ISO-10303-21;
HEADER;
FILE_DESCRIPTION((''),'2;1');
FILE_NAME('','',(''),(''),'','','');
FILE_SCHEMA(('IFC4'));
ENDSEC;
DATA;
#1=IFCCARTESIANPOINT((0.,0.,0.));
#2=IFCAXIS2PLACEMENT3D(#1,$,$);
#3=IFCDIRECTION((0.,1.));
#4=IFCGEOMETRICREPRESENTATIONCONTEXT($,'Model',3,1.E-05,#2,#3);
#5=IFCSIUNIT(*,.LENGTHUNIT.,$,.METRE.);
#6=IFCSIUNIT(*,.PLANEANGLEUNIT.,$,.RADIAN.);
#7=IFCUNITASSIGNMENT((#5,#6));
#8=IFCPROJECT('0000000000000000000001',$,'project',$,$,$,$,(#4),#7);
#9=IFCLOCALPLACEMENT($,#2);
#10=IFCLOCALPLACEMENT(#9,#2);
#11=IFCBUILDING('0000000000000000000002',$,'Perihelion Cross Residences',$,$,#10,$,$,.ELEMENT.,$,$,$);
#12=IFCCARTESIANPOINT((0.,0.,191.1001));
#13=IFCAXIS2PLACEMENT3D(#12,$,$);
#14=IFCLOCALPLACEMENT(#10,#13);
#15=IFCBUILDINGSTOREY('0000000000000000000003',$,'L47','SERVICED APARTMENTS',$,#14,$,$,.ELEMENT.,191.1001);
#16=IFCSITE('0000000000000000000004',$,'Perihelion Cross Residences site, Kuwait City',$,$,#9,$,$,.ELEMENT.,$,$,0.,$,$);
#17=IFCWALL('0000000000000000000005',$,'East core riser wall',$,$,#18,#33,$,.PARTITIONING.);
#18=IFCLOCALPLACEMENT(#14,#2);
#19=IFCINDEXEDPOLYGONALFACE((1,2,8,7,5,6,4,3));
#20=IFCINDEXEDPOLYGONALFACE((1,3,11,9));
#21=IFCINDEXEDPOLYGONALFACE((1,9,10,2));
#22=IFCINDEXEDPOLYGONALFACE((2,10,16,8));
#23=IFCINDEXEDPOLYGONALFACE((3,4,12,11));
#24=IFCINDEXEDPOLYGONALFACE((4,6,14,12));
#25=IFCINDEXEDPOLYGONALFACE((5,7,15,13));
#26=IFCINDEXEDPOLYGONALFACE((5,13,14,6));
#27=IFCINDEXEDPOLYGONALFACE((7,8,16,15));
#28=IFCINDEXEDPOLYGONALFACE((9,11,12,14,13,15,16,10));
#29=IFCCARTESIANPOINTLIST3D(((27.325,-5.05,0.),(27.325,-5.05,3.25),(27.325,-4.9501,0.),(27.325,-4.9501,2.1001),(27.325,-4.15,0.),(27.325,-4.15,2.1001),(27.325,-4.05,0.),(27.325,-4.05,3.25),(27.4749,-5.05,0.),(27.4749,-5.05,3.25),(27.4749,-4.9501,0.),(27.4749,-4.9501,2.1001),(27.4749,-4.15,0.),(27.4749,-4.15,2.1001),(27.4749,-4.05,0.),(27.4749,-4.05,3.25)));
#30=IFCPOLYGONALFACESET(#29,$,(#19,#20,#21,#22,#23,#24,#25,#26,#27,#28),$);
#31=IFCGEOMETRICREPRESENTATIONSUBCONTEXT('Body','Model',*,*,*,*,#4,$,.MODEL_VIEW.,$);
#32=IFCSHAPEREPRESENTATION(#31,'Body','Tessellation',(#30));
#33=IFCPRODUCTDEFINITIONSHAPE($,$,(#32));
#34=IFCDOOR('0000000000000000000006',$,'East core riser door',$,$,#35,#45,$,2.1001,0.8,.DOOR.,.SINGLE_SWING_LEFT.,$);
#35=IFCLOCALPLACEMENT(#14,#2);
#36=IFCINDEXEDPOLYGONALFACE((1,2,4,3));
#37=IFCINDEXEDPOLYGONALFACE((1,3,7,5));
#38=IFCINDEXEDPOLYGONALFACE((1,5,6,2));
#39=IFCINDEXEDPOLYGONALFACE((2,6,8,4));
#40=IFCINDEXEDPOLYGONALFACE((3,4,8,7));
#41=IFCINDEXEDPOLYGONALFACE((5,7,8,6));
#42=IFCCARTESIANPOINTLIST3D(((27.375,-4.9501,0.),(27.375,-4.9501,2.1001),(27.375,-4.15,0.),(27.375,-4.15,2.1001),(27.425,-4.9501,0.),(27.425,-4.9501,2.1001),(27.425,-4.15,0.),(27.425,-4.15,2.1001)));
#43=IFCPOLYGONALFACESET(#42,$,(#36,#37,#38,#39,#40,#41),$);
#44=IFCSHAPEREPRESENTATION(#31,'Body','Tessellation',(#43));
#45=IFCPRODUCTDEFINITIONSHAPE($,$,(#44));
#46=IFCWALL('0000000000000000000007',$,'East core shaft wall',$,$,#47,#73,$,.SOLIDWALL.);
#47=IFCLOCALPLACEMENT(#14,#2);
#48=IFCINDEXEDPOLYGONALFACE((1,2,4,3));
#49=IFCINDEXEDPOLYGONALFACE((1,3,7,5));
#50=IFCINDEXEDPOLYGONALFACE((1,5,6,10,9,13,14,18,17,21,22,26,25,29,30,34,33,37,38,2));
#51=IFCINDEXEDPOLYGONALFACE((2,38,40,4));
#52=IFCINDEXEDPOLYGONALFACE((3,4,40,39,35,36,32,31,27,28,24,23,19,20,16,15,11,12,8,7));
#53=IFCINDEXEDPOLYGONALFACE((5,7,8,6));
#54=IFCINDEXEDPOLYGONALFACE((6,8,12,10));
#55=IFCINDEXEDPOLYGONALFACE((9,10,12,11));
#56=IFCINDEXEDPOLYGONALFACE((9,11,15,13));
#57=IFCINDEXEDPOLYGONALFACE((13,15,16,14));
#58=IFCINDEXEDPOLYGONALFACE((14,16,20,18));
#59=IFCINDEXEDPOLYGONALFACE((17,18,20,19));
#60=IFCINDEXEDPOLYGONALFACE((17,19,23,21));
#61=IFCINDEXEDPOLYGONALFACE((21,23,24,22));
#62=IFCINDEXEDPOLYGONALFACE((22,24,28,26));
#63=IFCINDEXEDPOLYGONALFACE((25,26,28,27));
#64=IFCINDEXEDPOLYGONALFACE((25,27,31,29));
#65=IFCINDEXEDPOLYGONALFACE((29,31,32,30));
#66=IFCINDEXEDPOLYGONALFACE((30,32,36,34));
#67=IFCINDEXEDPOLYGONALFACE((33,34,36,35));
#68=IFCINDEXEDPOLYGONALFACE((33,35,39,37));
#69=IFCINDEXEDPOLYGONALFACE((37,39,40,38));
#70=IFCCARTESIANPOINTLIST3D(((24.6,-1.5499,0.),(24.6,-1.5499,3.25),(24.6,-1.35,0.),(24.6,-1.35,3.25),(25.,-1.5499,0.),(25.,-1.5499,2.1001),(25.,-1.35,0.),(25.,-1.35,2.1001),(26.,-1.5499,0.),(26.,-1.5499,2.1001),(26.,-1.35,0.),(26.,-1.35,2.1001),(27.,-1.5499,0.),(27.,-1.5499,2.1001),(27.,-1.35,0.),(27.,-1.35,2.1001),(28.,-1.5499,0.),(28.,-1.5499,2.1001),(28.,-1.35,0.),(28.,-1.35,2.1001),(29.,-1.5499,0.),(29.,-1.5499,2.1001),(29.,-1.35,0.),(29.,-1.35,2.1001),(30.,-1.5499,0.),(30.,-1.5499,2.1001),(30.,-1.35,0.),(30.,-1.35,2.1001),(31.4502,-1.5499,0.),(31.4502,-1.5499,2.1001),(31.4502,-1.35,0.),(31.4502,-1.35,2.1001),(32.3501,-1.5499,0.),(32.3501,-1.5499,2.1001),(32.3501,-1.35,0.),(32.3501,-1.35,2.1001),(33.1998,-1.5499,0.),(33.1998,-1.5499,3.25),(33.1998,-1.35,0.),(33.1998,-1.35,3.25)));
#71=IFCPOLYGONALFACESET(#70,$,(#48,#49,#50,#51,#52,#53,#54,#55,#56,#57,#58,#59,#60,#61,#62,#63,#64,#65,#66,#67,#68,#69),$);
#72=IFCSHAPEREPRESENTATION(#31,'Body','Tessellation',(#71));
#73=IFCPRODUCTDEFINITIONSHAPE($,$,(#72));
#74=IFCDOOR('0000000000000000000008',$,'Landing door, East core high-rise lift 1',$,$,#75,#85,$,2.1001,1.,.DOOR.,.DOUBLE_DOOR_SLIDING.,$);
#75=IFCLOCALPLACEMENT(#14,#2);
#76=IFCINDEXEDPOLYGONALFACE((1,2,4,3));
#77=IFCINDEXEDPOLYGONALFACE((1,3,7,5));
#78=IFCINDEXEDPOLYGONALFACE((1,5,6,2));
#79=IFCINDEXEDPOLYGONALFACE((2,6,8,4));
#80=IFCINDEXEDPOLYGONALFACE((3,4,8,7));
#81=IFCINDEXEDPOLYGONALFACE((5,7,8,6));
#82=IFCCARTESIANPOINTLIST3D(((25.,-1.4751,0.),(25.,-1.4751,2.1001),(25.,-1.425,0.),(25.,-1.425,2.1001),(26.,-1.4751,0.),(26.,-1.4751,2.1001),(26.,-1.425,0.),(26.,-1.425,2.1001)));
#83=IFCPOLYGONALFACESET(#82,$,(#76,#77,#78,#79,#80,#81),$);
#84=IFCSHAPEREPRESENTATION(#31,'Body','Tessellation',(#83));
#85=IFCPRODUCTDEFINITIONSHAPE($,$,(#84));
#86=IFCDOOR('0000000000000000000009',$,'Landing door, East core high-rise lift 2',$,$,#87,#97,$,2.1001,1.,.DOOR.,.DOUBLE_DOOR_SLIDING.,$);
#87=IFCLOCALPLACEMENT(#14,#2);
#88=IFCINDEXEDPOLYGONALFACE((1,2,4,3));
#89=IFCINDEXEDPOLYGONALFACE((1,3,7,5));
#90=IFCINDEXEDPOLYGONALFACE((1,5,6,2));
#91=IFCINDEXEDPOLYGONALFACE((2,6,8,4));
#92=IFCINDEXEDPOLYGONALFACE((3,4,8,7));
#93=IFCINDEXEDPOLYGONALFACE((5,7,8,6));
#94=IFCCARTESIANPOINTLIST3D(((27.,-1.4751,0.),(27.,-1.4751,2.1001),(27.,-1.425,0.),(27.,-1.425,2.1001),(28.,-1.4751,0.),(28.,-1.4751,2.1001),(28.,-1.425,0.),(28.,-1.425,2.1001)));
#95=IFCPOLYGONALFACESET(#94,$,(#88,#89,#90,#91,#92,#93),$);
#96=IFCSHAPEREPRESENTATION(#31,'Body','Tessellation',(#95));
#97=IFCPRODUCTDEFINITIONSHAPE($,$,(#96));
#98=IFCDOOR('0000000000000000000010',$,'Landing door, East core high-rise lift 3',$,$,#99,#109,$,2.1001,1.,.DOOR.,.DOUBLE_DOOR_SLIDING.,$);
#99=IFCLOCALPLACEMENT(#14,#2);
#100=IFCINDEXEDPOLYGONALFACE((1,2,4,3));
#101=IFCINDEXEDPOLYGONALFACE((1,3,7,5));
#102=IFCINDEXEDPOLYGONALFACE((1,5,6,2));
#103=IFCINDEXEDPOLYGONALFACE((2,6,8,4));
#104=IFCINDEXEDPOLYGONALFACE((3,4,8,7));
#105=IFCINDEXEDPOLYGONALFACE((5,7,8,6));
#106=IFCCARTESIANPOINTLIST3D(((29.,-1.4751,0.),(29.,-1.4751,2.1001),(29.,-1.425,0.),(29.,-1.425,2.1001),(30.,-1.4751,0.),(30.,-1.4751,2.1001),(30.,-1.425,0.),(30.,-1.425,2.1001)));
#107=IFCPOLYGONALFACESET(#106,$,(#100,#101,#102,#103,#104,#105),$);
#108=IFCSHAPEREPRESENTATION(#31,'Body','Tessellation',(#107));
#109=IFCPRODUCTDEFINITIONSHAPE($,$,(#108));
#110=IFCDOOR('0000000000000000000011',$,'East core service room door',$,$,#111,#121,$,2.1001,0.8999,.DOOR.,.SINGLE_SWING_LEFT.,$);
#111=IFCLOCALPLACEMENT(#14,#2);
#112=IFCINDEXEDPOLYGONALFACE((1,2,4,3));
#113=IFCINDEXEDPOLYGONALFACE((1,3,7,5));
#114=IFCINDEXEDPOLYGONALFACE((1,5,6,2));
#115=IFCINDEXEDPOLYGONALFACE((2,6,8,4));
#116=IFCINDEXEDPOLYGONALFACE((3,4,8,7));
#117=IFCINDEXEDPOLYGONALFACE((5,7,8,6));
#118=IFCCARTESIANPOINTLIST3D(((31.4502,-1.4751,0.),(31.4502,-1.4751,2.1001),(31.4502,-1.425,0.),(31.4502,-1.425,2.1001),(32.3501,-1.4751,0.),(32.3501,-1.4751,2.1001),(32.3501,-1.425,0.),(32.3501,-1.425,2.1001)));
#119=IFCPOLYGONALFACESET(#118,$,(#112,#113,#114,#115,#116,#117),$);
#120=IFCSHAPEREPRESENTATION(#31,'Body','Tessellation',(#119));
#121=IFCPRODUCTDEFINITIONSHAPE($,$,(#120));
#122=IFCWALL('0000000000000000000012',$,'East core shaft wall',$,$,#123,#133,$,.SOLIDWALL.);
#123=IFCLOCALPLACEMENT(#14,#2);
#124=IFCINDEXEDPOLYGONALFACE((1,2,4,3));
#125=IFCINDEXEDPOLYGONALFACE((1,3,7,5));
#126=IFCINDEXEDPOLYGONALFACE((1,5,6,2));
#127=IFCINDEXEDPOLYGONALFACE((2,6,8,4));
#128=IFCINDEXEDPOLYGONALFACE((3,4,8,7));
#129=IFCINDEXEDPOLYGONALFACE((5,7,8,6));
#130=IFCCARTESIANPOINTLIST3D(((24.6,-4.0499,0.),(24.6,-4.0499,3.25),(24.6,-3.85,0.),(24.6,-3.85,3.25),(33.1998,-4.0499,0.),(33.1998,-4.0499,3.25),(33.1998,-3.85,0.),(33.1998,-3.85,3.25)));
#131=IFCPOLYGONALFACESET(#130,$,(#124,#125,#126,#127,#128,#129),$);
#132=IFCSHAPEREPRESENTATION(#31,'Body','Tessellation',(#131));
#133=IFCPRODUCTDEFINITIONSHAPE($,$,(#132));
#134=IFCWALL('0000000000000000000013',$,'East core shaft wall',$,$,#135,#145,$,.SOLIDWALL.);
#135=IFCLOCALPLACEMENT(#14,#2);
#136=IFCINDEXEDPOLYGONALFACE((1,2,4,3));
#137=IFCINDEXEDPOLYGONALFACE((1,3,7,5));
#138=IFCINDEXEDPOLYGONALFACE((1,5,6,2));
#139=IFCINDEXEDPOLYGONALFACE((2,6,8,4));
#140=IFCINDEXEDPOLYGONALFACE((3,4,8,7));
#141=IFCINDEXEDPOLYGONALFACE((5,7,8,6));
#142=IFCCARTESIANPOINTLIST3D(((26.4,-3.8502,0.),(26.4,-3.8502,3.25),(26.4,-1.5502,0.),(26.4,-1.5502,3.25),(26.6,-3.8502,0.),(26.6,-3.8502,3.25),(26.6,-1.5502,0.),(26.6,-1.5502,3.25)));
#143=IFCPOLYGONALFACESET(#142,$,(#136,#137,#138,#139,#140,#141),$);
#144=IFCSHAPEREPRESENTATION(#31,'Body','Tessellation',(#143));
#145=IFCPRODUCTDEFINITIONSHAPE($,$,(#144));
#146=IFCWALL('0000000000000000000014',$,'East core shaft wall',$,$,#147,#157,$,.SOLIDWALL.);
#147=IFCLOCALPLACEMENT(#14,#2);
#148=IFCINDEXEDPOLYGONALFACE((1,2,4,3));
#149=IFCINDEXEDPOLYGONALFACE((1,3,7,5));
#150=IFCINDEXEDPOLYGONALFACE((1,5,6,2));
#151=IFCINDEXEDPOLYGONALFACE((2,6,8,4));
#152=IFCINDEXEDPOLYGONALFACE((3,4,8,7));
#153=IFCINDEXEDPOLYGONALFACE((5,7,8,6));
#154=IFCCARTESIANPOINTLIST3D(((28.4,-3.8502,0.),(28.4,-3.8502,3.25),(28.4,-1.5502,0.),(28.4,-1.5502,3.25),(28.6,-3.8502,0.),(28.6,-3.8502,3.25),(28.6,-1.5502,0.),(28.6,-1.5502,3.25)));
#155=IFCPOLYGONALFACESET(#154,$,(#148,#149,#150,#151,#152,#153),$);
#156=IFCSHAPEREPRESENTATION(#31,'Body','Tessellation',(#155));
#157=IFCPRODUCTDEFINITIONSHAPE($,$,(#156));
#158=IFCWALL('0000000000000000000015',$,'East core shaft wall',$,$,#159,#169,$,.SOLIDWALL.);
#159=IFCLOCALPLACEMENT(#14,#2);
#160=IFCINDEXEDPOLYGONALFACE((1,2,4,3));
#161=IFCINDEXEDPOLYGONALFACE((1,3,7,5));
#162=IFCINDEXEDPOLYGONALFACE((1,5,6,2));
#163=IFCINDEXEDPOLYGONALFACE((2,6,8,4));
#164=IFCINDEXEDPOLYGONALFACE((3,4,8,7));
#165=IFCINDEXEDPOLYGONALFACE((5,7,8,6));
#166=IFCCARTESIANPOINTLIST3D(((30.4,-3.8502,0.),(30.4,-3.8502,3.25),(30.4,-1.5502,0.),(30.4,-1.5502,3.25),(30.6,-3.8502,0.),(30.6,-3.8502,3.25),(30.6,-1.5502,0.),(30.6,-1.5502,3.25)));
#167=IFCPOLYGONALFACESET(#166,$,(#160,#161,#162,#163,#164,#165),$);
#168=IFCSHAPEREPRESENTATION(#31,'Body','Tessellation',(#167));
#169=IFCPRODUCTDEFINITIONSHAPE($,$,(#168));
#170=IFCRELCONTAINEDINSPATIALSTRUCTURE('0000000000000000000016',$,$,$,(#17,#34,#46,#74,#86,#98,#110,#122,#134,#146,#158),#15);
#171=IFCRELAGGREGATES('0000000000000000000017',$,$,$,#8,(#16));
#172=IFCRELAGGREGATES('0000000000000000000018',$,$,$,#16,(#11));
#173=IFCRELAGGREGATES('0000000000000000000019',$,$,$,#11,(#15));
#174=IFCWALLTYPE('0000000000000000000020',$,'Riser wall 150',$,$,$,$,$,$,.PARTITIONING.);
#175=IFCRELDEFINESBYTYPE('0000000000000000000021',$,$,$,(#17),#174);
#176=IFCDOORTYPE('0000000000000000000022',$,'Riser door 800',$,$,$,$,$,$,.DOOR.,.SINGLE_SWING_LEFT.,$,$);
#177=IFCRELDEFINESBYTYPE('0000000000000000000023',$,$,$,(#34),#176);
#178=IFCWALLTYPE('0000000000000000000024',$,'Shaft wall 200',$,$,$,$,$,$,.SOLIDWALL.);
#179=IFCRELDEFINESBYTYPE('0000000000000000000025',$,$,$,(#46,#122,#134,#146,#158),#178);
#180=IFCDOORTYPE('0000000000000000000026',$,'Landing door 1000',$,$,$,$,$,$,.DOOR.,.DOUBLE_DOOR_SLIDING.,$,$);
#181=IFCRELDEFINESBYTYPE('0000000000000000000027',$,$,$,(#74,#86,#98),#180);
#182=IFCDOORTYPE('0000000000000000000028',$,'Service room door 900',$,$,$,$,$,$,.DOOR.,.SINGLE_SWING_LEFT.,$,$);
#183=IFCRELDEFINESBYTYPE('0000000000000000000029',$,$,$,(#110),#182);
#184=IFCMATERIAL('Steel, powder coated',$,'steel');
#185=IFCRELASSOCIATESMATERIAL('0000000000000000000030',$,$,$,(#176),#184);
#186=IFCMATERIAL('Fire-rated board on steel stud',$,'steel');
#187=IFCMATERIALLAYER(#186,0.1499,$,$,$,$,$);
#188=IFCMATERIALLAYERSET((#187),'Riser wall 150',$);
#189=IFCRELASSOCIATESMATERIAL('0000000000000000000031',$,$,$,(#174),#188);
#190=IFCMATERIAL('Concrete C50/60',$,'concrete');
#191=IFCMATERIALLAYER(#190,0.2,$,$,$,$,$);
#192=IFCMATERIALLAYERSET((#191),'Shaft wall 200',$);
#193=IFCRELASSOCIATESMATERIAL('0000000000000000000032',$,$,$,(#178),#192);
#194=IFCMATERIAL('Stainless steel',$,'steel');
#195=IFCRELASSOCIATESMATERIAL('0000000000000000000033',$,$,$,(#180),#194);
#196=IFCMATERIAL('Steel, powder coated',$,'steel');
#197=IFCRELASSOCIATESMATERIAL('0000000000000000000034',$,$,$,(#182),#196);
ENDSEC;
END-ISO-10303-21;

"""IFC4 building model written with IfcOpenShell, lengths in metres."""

from ifc_helpers import new_model, si_unit, direction, frame, frame_2d, origin, place, context, subcontext, project, spatial, rectangle, extrude, material, layer, layer_set, type_object, element, fill, save


model = new_model("IFC4")

# Units and contexts
model_context = context("Model", 3, precision=1e-05, world=origin(), true_north=direction((0.0, 1.0)))
body_context = subcontext(model_context, "Body", "Model", "MODEL_VIEW")
ifc_project = project(units=[si_unit("LENGTHUNIT", "METRE"), si_unit("PLANEANGLEUNIT", "RADIAN")], contexts=[model_context])

# Site, building, storey
site_placement = place(None, origin())
site = spatial("IfcSite", under=ifc_project, at=site_placement, Name="Perihelion Cross Residences site, Kuwait City", CompositionType="ELEMENT", RefElevation=0.0)
building_placement = place(site_placement, origin())
building = spatial("IfcBuilding", under=site, at=building_placement, Name="Perihelion Cross Residences", CompositionType="ELEMENT")
storey_placement = place(building_placement, frame((0.0, 0.0, 191.1001)))
storey = spatial("IfcBuildingStorey", under=building, at=storey_placement, Name="L47", Description="SERVICED APARTMENTS", CompositionType="ELEMENT", Elevation=191.1001)

# Shared definitions
ifc_material_1 = material(Name="Steel, powder coated", Category="steel")
door_type_1 = type_object("IfcDoorType", Name="Riser door 800", OperationType="SINGLE_SWING_LEFT", PredefinedType="DOOR", material=ifc_material_1)

# Wall, opening, door
ifc_material_2 = material(Name="Fire-rated board on steel stud", Category="steel")
ifc_layer_1 = layer(ifc_material_2, 0.1499)
ifc_layer_set_1 = layer_set([ifc_layer_1], Name="Riser wall 150")
wall_type_1 = type_object("IfcWallType", Name="Riser wall 150", PredefinedType="PARTITIONING", material=ifc_layer_set_1)
wall_1_placement = place(storey_placement, frame((27.3999, -5.05, 0.0), z_axis=(0.0, 0.0, 1.0), x_axis=(0.0, 1.0, 0.0)))
wall_1 = element("IfcWall", 1, at=wall_1_placement, inside=storey, type_object=wall_type_1, Name="East core riser wall", PredefinedType="PARTITIONING", context=body_context, shape_type="SweptSolid", body=[
    extrude(rectangle(XDim=1.0, YDim=0.1499, at=frame_2d((0.5, 0.0))), origin(), (0.0, 0.0, 1.0), 3.25),
])
opening_1_placement = place(wall_1_placement, frame((0.1001, 0.0, 0.0)))
opening_1 = element("IfcOpeningElement", 2, at=opening_1_placement, cuts=wall_1, PredefinedType="OPENING", context=body_context, shape_type="SweptSolid", body=[
    extrude(rectangle(XDim=0.8, YDim=2.1001, at=frame_2d((0.3999, 1.05))), frame((0.0, 0.085, 0.0), z_axis=(0.0, -1.0, 0.0), x_axis=(1.0, 0.0, 0.0)), (0.0, 0.0, 1.0), 0.1699),
])
door_1_placement = place(opening_1_placement, origin())
door_1 = element("IfcDoor", 3, at=door_1_placement, inside=storey, type_object=door_type_1, Name="East core riser door", OperationType="SINGLE_SWING_LEFT", OverallHeight=2.1001, OverallWidth=0.8, PredefinedType="DOOR", context=body_context, shape_type="SweptSolid", body=[
    extrude(rectangle(XDim=0.8, YDim=2.1001, at=frame_2d((0.3999, 1.05))), frame((0.0, 0.0249, 0.0), z_axis=(0.0, -1.0, 0.0), x_axis=(1.0, 0.0, 0.0)), (0.0, 0.0, 1.0), 0.05),
])
fill(opening_1, door_1)

# Wall, openings, doors
ifc_material_3 = material(Name="Concrete C50/60", Category="concrete")
ifc_layer_2 = layer(ifc_material_3, 0.2)
ifc_layer_set_2 = layer_set([ifc_layer_2], Name="Shaft wall 200")
wall_type_2 = type_object("IfcWallType", Name="Shaft wall 200", PredefinedType="SOLIDWALL", material=ifc_layer_set_2)
wall_2_placement = place(storey_placement, frame((24.6001, -1.45, 0.0), z_axis=(0.0, 0.0, 1.0), x_axis=(1.0, 0.0, 0.0)))
wall_2 = element("IfcWall", 4, at=wall_2_placement, inside=storey, type_object=wall_type_2, Name="East core shaft wall", PredefinedType="SOLIDWALL", context=body_context, shape_type="SweptSolid", body=[
    extrude(rectangle(XDim=8.5999, YDim=0.2, at=frame_2d((4.2998, 0.0))), origin(), (0.0, 0.0, 1.0), 3.25),
])
opening_2_placement = place(wall_2_placement, frame((0.3999, 0.0, 0.0)))
opening_2 = element("IfcOpeningElement", 5, at=opening_2_placement, cuts=wall_2, PredefinedType="OPENING", context=body_context, shape_type="SweptSolid", body=[
    extrude(rectangle(XDim=1.0, YDim=2.1001, at=frame_2d((0.5, 1.05))), frame((0.0, 0.1099, 0.0), z_axis=(0.0, -1.0, 0.0), x_axis=(1.0, 0.0, 0.0)), (0.0, 0.0, 1.0), 0.22),
])
opening_3_placement = place(wall_2_placement, frame((2.3999, 0.0, 0.0)))
opening_3 = element("IfcOpeningElement", 6, at=opening_3_placement, cuts=wall_2, PredefinedType="OPENING", context=body_context, shape_type="SweptSolid", body=[
    extrude(rectangle(XDim=1.0, YDim=2.1001, at=frame_2d((0.5, 1.05))), frame((0.0, 0.1099, 0.0), z_axis=(0.0, -1.0, 0.0), x_axis=(1.0, 0.0, 0.0)), (0.0, 0.0, 1.0), 0.22),
])
opening_4_placement = place(wall_2_placement, frame((4.3999, 0.0, 0.0)))
opening_4 = element("IfcOpeningElement", 7, at=opening_4_placement, cuts=wall_2, PredefinedType="OPENING", context=body_context, shape_type="SweptSolid", body=[
    extrude(rectangle(XDim=1.0, YDim=2.1001, at=frame_2d((0.5, 1.05))), frame((0.0, 0.1099, 0.0), z_axis=(0.0, -1.0, 0.0), x_axis=(1.0, 0.0, 0.0)), (0.0, 0.0, 1.0), 0.22),
])
opening_5_placement = place(wall_2_placement, frame((6.8501, 0.0, 0.0)))
opening_5 = element("IfcOpeningElement", 8, at=opening_5_placement, cuts=wall_2, PredefinedType="OPENING", context=body_context, shape_type="SweptSolid", body=[
    extrude(rectangle(XDim=0.8999, YDim=2.1001, at=frame_2d((0.45, 1.05))), frame((0.0, 0.1099, 0.0), z_axis=(0.0, -1.0, 0.0), x_axis=(1.0, 0.0, 0.0)), (0.0, 0.0, 1.0), 0.22),
])
ifc_material_4 = material(Name="Stainless steel", Category="steel")
door_type_2 = type_object("IfcDoorType", Name="Landing door 1000", OperationType="DOUBLE_DOOR_SLIDING", PredefinedType="DOOR", material=ifc_material_4)
door_2_placement = place(opening_2_placement, origin())
door_2 = element("IfcDoor", 9, at=door_2_placement, inside=storey, type_object=door_type_2, Name="Landing door, East core high-rise lift 1", OperationType="DOUBLE_DOOR_SLIDING", OverallHeight=2.1001, OverallWidth=1.0, PredefinedType="DOOR", context=body_context, shape_type="SweptSolid", body=[
    extrude(rectangle(XDim=1.0, YDim=2.1001, at=frame_2d((0.5, 1.05))), frame((0.0, 0.0249, 0.0), z_axis=(0.0, -1.0, 0.0), x_axis=(1.0, 0.0, 0.0)), (0.0, 0.0, 1.0), 0.05),
])
fill(opening_2, door_2)
door_3_placement = place(opening_3_placement, origin())
door_3 = element("IfcDoor", 10, at=door_3_placement, inside=storey, type_object=door_type_2, Name="Landing door, East core high-rise lift 2", OperationType="DOUBLE_DOOR_SLIDING", OverallHeight=2.1001, OverallWidth=1.0, PredefinedType="DOOR", context=body_context, shape_type="SweptSolid", body=[
    extrude(rectangle(XDim=1.0, YDim=2.1001, at=frame_2d((0.5, 1.05))), frame((0.0, 0.0249, 0.0), z_axis=(0.0, -1.0, 0.0), x_axis=(1.0, 0.0, 0.0)), (0.0, 0.0, 1.0), 0.05),
])
fill(opening_3, door_3)
door_4_placement = place(opening_4_placement, origin())
door_4 = element("IfcDoor", 11, at=door_4_placement, inside=storey, type_object=door_type_2, Name="Landing door, East core high-rise lift 3", OperationType="DOUBLE_DOOR_SLIDING", OverallHeight=2.1001, OverallWidth=1.0, PredefinedType="DOOR", context=body_context, shape_type="SweptSolid", body=[
    extrude(rectangle(XDim=1.0, YDim=2.1001, at=frame_2d((0.5, 1.05))), frame((0.0, 0.0249, 0.0), z_axis=(0.0, -1.0, 0.0), x_axis=(1.0, 0.0, 0.0)), (0.0, 0.0, 1.0), 0.05),
])
fill(opening_4, door_4)
ifc_material_5 = material(Name="Steel, powder coated", Category="steel")
door_type_3 = type_object("IfcDoorType", Name="Service room door 900", OperationType="SINGLE_SWING_LEFT", PredefinedType="DOOR", material=ifc_material_5)
door_5_placement = place(opening_5_placement, origin())
door_5 = element("IfcDoor", 12, at=door_5_placement, inside=storey, type_object=door_type_3, Name="East core service room door", OperationType="SINGLE_SWING_LEFT", OverallHeight=2.1001, OverallWidth=0.8999, PredefinedType="DOOR", context=body_context, shape_type="SweptSolid", body=[
    extrude(rectangle(XDim=0.8999, YDim=2.1001, at=frame_2d((0.45, 1.05))), frame((0.0, 0.0249, 0.0), z_axis=(0.0, -1.0, 0.0), x_axis=(1.0, 0.0, 0.0)), (0.0, 0.0, 1.0), 0.05),
])
fill(opening_5, door_5)

# Walls
wall_3_placement = place(storey_placement, frame((24.6001, -3.95, 0.0), z_axis=(0.0, 0.0, 1.0), x_axis=(1.0, 0.0, 0.0)))
element("IfcWall", 13, at=wall_3_placement, inside=storey, type_object=wall_type_2, Name="East core shaft wall", PredefinedType="SOLIDWALL", context=body_context, shape_type="SweptSolid", body=[
    extrude(rectangle(XDim=8.5999, YDim=0.2, at=frame_2d((4.2998, 0.0))), origin(), (0.0, 0.0, 1.0), 3.25),
])
for number, where, z_axis, x_axis, name in (
    (14, (26.5, -3.8501, 0.0), (0.0, 0.0, 1.0), (0.0, 1.0, 0.0), "East core shaft wall"),
    (15, (28.5, -3.8501, 0.0), (0.0, 0.0, 1.0), (0.0, 1.0, 0.0), "East core shaft wall"),
    (16, (30.5, -3.8501, 0.0), (0.0, 0.0, 1.0), (0.0, 1.0, 0.0), "East core shaft wall"),
):
    element("IfcWall", number, at=place(storey_placement, frame(where, z_axis=z_axis, x_axis=x_axis)), inside=storey, type_object=wall_type_2, Name=name, PredefinedType="SOLIDWALL", context=body_context, shape_type="SweptSolid", body=[
        extrude(rectangle(XDim=2.3, YDim=0.2, at=frame_2d((1.1499, 0.0))), origin(), (0.0, 0.0, 1.0), 3.25),
    ])

save(model, "model.ifc")
